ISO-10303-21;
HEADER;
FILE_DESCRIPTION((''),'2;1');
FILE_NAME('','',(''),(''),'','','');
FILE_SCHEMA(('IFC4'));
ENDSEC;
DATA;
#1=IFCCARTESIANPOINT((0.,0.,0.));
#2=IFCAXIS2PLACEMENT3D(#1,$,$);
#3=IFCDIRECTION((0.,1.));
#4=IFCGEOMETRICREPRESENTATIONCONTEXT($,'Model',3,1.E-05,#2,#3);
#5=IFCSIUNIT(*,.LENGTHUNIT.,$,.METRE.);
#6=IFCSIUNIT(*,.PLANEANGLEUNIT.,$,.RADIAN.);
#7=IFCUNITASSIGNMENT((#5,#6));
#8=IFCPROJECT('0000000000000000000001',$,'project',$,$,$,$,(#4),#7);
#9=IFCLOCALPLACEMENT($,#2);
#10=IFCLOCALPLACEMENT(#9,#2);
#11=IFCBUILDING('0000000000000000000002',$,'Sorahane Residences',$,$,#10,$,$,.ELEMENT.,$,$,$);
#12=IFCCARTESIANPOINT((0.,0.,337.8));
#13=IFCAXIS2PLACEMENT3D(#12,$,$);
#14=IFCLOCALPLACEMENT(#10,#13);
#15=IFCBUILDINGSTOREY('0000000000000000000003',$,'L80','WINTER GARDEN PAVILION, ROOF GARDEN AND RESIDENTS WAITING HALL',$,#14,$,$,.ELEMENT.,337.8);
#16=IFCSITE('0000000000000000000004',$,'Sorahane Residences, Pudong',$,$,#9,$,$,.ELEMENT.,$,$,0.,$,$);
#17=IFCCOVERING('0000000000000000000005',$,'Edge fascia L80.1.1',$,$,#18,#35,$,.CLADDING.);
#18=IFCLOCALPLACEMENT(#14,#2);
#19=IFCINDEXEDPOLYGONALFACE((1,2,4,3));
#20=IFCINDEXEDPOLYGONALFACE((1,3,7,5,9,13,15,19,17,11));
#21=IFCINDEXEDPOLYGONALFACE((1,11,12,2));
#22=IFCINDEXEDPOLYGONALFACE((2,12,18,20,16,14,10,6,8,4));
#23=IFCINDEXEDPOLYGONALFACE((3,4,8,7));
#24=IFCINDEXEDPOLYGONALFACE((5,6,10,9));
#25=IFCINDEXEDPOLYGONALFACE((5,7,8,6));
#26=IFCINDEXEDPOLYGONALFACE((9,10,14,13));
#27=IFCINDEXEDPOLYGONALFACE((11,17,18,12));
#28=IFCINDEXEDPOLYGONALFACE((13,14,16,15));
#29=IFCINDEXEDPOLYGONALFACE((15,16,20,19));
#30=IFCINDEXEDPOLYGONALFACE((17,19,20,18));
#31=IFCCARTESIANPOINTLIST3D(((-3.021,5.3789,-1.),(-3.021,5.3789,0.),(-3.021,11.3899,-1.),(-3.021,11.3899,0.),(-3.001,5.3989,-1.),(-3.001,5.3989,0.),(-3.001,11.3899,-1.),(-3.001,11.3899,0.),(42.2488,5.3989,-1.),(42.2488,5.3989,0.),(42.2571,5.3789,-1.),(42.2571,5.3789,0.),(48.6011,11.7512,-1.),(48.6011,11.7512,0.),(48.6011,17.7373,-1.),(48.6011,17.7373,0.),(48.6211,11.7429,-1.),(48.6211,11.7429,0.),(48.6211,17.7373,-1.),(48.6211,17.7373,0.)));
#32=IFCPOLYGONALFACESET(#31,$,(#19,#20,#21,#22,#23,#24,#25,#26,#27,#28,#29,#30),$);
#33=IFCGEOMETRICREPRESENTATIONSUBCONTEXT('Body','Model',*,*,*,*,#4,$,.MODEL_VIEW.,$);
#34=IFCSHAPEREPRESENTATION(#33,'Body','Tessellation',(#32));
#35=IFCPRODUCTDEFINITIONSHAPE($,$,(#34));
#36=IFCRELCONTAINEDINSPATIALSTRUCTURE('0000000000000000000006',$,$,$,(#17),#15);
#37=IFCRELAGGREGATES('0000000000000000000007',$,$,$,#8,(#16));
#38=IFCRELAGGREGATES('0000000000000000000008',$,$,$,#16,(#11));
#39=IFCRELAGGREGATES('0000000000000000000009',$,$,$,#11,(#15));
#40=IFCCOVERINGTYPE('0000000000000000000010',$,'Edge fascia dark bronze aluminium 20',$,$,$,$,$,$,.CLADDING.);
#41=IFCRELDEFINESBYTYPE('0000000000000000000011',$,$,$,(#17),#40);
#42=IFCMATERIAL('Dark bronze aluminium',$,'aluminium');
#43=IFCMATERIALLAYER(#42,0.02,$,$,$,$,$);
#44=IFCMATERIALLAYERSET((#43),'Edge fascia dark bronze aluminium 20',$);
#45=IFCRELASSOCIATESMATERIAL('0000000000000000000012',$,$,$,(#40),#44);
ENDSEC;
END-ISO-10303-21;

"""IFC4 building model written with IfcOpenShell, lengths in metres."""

from ifc_helpers import new_model, si_unit, direction, frame, origin, place, context, subcontext, project, spatial, polyline, outline, extrude, material, layer, layer_set, type_object, element, save


model = new_model("IFC4")

# Units and contexts
model_context = context("Model", 3, precision=1e-05, world=origin(), true_north=direction((0.0, 1.0)))
body_context = subcontext(model_context, "Body", "Model", "MODEL_VIEW")
ifc_project = project(units=[si_unit("LENGTHUNIT", "METRE"), si_unit("PLANEANGLEUNIT", "RADIAN")], contexts=[model_context])

# Site, building, storey
site_placement = place(None, origin())
site = spatial("IfcSite", under=ifc_project, at=site_placement, Name="Sorahane Residences, Pudong", CompositionType="ELEMENT", RefElevation=0.0)
building_placement = place(site_placement, origin())
building = spatial("IfcBuilding", under=site, at=building_placement, Name="Sorahane Residences", CompositionType="ELEMENT")
storey_placement = place(building_placement, frame((0.0, 0.0, 337.8)))
storey = spatial("IfcBuildingStorey", under=building, at=storey_placement, Name="L80", Description="WINTER GARDEN PAVILION, ROOF GARDEN AND RESIDENTS WAITING HALL", CompositionType="ELEMENT", Elevation=337.8)

# Covering
ifc_material_1 = material(Name="Dark bronze aluminium", Category="aluminium")
ifc_layer_1 = layer(ifc_material_1, 0.02)
ifc_layer_set_1 = layer_set([ifc_layer_1], Name="Edge fascia dark bronze aluminium 20")
covering_type = type_object("IfcCoveringType", Name="Edge fascia dark bronze aluminium 20", PredefinedType="CLADDING", material=ifc_layer_set_1)
covering_placement = place(storey_placement, frame((0.0, 0.0, -1.0)))
element("IfcCovering", 1, at=covering_placement, inside=storey, type_object=covering_type, Name="Edge fascia L80.1.1", PredefinedType="CLADDING", context=body_context, shape_type="SweptSolid", body=[
    extrude(outline(polyline([(48.6211, 11.7429), (42.2571, 5.3789), (-3.021, 5.3789), (-3.021, 11.3899), (-3.001, 11.3899), (-3.001, 5.3989), (42.2488, 5.3989), (48.6011, 11.7512), (48.6011, 17.7373), (48.6211, 17.7373), (48.6211, 11.7429)])), origin(), (0.0, 0.0, 1.0), 1.0),
])

save(model, "model.ifc")
